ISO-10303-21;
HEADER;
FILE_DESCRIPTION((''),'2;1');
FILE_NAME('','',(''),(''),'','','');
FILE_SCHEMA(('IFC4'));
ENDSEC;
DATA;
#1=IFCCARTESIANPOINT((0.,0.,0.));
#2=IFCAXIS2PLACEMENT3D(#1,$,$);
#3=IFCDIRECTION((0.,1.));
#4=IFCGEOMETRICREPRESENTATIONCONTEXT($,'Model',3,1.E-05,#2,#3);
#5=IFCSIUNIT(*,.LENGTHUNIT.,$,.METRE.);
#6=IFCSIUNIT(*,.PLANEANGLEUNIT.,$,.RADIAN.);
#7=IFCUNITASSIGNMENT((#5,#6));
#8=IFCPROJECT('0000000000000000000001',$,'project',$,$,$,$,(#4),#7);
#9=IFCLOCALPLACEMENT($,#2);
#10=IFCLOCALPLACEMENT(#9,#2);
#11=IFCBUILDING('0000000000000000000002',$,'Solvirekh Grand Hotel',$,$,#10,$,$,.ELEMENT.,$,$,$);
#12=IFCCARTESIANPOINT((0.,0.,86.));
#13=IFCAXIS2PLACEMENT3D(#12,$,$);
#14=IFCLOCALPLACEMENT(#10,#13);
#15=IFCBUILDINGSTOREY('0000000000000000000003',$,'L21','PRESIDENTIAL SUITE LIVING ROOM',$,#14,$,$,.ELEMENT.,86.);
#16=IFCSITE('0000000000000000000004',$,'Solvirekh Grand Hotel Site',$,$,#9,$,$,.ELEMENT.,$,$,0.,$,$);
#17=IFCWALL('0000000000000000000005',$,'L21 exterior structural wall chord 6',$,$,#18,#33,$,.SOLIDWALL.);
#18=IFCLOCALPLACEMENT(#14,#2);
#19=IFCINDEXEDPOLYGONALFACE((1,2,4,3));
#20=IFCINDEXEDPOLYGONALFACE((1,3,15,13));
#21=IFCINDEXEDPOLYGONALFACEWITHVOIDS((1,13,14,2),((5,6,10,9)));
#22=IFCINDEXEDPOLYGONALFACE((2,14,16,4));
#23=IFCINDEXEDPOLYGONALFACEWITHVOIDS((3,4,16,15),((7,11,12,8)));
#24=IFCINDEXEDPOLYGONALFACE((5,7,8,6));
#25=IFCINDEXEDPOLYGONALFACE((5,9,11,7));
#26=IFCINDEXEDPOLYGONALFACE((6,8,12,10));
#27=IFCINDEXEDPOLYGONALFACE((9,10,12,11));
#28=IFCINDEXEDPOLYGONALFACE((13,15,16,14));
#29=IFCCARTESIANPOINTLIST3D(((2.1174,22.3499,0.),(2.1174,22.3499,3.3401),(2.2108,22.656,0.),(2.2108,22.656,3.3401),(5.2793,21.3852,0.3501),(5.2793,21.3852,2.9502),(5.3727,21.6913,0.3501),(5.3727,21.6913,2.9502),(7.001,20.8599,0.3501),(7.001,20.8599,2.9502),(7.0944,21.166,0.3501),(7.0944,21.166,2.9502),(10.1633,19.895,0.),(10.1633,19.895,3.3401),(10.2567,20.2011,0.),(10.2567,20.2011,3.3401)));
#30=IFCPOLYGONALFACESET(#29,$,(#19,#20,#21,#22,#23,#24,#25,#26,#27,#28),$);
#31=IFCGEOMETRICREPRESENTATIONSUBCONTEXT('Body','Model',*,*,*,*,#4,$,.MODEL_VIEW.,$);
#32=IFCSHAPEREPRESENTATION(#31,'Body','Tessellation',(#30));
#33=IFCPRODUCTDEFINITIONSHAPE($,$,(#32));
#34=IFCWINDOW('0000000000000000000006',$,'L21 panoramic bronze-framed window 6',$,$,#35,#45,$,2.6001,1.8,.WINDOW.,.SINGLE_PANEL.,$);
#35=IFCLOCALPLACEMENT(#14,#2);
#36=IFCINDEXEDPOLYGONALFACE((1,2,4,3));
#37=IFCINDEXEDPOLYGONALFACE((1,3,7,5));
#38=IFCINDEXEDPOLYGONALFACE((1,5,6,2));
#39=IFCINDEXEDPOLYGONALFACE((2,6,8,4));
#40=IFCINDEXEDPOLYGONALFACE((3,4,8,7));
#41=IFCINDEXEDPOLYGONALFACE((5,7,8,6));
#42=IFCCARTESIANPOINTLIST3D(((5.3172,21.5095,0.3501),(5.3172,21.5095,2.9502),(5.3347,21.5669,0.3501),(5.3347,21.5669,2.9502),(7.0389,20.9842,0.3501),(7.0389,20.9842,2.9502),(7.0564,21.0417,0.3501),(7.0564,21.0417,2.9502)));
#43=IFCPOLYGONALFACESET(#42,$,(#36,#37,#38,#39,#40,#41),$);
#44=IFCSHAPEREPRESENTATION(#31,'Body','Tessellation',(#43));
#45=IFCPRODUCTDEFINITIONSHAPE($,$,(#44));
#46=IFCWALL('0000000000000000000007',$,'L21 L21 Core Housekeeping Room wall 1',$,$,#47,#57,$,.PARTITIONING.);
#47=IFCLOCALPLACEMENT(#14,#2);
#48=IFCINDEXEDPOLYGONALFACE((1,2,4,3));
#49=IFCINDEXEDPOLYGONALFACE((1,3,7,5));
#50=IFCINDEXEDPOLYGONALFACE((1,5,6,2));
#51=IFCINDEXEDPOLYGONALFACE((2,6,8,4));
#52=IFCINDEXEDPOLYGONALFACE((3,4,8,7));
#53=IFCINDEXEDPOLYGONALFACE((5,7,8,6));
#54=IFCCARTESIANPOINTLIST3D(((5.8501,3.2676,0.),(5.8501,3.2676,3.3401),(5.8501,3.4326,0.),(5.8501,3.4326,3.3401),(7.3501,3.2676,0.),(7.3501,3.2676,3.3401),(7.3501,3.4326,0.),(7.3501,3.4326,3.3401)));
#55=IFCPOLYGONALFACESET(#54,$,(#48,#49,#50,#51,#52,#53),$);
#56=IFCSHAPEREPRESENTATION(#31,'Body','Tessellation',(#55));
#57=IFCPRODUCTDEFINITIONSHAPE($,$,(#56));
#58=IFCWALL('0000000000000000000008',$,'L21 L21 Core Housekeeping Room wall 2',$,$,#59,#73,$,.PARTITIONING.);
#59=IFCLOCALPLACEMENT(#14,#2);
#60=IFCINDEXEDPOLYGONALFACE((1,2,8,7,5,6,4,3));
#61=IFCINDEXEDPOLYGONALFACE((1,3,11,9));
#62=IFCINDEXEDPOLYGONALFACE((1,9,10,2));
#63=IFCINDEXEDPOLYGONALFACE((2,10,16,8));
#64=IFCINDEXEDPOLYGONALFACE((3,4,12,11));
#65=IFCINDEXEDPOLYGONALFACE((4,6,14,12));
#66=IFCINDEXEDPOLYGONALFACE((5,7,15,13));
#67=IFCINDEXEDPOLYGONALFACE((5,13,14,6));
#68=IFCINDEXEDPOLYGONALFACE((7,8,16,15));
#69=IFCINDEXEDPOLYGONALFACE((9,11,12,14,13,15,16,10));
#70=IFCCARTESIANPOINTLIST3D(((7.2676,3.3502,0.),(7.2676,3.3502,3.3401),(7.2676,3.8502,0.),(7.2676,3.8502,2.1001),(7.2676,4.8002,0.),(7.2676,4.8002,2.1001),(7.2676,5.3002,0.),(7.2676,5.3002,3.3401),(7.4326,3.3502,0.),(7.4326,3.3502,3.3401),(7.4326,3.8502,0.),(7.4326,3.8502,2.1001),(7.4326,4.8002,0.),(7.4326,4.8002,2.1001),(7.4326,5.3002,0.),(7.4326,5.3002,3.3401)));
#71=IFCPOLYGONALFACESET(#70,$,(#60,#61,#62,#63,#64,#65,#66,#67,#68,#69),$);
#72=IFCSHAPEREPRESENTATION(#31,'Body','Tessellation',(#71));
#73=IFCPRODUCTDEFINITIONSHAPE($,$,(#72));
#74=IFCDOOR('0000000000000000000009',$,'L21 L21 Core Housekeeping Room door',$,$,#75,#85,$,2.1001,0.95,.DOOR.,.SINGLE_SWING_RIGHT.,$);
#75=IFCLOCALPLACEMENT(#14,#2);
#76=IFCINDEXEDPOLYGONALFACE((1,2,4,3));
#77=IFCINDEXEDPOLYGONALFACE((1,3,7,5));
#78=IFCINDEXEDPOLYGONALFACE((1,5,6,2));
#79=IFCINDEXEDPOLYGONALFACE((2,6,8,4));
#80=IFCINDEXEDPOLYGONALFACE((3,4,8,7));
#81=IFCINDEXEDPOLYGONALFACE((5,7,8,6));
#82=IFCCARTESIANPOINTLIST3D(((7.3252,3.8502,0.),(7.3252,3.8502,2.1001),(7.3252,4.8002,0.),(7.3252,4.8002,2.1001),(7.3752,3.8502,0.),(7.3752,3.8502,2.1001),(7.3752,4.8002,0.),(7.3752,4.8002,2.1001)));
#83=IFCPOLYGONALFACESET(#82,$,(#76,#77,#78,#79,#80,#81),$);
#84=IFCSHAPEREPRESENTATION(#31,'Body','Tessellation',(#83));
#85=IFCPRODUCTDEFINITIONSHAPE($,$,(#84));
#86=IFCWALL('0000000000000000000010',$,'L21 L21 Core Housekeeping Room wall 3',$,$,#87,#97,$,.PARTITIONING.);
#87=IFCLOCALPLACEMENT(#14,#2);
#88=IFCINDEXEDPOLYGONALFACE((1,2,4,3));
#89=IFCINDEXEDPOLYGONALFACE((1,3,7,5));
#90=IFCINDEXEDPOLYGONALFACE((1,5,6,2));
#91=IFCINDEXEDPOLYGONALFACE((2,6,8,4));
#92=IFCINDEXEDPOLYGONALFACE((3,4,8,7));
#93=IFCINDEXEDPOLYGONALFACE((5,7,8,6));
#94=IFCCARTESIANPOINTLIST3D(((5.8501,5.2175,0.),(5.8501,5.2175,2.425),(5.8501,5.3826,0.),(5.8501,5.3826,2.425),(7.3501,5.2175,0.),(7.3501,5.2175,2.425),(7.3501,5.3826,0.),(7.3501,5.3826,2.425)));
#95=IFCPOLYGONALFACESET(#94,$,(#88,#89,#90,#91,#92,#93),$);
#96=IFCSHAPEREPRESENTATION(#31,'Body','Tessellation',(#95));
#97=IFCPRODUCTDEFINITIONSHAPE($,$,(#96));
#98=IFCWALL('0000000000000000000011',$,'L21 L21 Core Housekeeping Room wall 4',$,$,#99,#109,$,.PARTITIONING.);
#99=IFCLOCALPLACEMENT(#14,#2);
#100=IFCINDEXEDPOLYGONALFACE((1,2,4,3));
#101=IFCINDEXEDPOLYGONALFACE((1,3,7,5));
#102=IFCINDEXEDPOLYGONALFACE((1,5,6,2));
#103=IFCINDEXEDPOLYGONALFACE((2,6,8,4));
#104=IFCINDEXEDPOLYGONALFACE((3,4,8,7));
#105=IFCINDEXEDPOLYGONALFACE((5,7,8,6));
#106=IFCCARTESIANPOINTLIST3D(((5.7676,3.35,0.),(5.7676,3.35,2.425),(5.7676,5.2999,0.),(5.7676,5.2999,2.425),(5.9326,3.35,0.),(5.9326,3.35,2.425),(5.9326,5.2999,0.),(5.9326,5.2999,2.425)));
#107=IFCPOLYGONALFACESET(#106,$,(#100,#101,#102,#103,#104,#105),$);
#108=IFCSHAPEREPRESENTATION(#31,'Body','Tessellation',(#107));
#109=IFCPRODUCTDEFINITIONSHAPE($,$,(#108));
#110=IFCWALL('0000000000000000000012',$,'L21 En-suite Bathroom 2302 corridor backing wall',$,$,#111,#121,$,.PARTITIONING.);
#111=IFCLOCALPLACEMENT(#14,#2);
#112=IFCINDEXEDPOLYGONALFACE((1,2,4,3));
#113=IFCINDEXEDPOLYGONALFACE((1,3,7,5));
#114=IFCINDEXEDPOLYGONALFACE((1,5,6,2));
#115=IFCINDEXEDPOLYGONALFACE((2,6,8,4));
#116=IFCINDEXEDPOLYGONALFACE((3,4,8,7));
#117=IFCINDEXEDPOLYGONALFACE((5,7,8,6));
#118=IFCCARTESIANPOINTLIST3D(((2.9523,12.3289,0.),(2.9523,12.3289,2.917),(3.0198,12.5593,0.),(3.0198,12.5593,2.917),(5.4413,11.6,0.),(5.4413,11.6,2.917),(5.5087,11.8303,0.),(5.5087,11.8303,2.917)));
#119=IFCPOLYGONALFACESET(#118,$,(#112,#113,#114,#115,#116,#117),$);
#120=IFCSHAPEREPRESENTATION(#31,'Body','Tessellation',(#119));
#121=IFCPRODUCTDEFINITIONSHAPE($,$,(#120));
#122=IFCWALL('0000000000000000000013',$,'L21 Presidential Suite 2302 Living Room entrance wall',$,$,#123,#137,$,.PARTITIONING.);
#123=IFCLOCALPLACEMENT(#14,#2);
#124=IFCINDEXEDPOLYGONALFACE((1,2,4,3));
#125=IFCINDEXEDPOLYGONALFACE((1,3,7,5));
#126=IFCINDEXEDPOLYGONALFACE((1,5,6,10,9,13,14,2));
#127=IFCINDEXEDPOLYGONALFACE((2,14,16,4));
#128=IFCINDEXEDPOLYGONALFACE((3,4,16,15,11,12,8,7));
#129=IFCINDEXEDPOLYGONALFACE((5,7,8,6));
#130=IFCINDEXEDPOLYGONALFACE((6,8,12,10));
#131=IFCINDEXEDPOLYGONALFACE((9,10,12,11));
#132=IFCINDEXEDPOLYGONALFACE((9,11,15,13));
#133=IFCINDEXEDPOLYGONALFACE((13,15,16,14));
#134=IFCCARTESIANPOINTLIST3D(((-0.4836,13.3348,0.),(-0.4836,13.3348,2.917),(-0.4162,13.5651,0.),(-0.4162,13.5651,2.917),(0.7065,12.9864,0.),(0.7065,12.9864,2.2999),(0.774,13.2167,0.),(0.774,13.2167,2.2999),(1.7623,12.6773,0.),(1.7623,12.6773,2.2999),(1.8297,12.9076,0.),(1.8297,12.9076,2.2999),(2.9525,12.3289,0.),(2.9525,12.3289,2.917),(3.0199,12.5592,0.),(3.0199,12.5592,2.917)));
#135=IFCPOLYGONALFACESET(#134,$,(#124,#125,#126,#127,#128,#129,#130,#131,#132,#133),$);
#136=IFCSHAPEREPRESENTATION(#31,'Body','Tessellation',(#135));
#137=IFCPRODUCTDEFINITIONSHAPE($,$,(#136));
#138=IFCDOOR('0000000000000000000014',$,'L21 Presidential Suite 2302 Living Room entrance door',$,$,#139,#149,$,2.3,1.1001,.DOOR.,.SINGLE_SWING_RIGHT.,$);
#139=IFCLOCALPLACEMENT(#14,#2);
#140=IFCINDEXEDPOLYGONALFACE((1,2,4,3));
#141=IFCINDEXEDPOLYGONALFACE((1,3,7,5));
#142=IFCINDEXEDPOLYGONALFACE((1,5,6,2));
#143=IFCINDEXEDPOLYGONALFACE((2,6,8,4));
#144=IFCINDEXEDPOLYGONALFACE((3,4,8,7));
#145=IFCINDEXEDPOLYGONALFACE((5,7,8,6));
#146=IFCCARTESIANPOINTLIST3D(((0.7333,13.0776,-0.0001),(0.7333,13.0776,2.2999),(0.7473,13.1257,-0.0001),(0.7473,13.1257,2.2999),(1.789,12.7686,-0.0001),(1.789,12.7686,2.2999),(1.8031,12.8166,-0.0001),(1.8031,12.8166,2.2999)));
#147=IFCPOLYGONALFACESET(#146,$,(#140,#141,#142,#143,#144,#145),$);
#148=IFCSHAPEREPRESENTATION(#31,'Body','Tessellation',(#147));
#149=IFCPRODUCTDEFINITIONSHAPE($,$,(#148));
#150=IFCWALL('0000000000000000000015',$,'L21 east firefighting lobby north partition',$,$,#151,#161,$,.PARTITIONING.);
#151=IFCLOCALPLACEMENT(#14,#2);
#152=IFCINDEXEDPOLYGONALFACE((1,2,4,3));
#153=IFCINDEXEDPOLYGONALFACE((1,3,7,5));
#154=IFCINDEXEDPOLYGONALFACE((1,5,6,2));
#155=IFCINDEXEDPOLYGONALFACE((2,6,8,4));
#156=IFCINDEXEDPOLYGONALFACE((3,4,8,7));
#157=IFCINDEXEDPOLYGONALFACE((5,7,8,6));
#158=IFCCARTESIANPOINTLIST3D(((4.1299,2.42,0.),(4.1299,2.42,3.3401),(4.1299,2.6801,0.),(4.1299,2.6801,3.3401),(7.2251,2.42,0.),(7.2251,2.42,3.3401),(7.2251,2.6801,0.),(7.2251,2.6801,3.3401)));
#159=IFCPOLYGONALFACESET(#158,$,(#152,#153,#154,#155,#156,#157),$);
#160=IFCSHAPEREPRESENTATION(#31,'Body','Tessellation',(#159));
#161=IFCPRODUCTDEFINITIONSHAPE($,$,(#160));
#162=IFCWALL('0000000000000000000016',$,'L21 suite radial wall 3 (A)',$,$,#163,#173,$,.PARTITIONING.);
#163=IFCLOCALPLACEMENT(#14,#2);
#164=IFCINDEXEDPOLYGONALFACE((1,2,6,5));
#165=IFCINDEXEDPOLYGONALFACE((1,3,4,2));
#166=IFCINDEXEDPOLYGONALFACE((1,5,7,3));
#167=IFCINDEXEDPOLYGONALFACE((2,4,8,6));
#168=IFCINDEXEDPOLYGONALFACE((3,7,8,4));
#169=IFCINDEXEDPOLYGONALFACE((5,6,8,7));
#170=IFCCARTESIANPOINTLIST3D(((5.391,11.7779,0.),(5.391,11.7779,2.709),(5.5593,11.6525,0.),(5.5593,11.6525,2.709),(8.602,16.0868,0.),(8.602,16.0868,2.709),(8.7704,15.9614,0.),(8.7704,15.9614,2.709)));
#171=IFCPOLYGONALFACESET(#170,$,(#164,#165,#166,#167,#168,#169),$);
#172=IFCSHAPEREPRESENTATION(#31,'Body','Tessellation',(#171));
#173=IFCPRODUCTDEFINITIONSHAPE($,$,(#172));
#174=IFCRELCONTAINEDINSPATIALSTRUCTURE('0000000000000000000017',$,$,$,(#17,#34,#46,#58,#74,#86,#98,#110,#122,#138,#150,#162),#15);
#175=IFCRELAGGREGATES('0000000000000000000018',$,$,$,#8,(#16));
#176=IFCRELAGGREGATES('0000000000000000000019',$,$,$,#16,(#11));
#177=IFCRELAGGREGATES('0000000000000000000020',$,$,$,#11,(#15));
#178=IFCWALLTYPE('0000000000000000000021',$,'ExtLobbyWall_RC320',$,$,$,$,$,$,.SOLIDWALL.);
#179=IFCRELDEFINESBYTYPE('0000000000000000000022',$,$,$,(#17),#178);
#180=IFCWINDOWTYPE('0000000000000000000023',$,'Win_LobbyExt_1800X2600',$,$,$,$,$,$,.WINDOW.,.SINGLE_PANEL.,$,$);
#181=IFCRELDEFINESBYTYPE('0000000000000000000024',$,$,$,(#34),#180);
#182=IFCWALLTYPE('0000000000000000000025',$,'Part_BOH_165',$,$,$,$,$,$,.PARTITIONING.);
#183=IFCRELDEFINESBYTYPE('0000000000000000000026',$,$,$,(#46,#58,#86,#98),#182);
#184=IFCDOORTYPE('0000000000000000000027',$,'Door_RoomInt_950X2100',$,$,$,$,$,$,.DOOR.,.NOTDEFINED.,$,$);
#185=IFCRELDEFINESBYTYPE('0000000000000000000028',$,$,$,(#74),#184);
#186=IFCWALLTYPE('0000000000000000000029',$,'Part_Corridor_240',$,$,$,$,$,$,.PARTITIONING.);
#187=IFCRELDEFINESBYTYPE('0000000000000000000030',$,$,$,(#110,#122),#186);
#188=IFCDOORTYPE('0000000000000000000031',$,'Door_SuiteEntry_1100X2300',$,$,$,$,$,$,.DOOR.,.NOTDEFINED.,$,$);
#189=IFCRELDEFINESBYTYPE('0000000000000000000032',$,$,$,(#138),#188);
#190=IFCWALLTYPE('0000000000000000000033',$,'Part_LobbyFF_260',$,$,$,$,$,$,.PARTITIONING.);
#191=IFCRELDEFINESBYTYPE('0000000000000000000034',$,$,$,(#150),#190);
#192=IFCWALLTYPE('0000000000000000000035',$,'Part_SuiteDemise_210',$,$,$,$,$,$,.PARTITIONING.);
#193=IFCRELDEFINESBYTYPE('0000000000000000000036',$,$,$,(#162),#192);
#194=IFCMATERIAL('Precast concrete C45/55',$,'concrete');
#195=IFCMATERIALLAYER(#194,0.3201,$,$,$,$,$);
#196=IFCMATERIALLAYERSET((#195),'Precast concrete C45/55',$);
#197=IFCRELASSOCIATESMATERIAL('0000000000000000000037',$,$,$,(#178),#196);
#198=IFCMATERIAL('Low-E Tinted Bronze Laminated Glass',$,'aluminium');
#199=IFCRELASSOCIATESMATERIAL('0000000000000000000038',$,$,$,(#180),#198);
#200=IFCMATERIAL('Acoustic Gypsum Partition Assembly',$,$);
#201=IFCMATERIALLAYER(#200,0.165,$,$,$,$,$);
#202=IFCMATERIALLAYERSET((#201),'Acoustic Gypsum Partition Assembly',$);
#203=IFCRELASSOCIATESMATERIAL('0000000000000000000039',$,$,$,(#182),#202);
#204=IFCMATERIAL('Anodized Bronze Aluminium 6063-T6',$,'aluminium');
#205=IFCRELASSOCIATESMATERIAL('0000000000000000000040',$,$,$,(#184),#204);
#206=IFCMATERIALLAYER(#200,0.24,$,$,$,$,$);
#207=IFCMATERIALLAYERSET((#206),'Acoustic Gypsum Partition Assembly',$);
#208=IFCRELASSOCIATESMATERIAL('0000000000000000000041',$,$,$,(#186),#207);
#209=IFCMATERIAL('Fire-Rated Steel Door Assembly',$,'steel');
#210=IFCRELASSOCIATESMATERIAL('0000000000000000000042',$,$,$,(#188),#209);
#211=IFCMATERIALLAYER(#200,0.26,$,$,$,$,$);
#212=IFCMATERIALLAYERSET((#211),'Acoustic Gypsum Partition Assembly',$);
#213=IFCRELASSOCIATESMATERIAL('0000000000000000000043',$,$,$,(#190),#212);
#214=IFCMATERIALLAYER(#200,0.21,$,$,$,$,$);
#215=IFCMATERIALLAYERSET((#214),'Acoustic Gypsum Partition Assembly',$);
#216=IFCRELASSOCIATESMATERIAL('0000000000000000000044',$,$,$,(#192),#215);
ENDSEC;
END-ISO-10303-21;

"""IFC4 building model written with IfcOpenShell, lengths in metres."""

from ifc_helpers import new_model, si_unit, direction, frame, frame_2d, origin, place, context, subcontext, project, spatial, rectangle, extrude, material, layer, layer_set, type_object, element, fill, save


model = new_model("IFC4")

# Units and contexts
model_context = context("Model", 3, precision=1e-05, world=origin(), true_north=direction((0.0, 1.0)))
body_context = subcontext(model_context, "Body", "Model", "MODEL_VIEW")
ifc_project = project(units=[si_unit("LENGTHUNIT", "METRE"), si_unit("PLANEANGLEUNIT", "RADIAN")], contexts=[model_context])

# Site, building, storey
site_placement = place(None, origin())
site = spatial("IfcSite", under=ifc_project, at=site_placement, Name="Solvirekh Grand Hotel Site", CompositionType="ELEMENT", RefElevation=0.0)
building_placement = place(site_placement, origin())
building = spatial("IfcBuilding", under=site, at=building_placement, Name="Solvirekh Grand Hotel", CompositionType="ELEMENT")
storey_placement = place(building_placement, frame((0.0, 0.0, 86.0)))
storey = spatial("IfcBuildingStorey", under=building, at=storey_placement, Name="L21", Description="PRESIDENTIAL SUITE LIVING ROOM", CompositionType="ELEMENT", Elevation=86.0)

# Wall, opening, window
ifc_material_1 = material(Name="Precast concrete C45/55", Category="concrete")
ifc_layer_1 = layer(ifc_material_1, 0.3201)
ifc_layer_set_1 = layer_set([ifc_layer_1], Name="Precast concrete C45/55")
wall_type_1 = type_object("IfcWallType", Name="ExtLobbyWall_RC320", PredefinedType="SOLIDWALL", material=ifc_layer_set_1)
wall_1_placement = place(storey_placement, frame((2.1641, 22.5029, 0.0), z_axis=(0.0, 0.0, 1.0), x_axis=(0.956472, -0.291823, 0.0)))
wall_1 = element("IfcWall", 1, at=wall_1_placement, inside=storey, type_object=wall_type_1, Name="L21 exterior structural wall chord 6", PredefinedType="SOLIDWALL", context=body_context, shape_type="SweptSolid", body=[
    extrude(rectangle(XDim=8.4121, YDim=0.3201, at=frame_2d((4.2061, 0.0))), origin(), (0.0, 0.0, 1.0), 3.3401),
])
opening_1_placement = place(wall_1_placement, frame((3.3059, 0.0, 0.3501)))
opening_1 = element("IfcOpeningElement", 2, at=opening_1_placement, cuts=wall_1, PredefinedType="OPENING", context=body_context, shape_type="SweptSolid", body=[
    extrude(rectangle(XDim=1.8, YDim=2.6001, at=frame_2d((0.8999, 1.3))), frame((0.0, 0.1699, 0.0), z_axis=(0.0, -1.0, 0.0), x_axis=(1.0, 0.0, 0.0)), (0.0, 0.0, 1.0), 0.3401),
])
ifc_material_2 = material(Name="Low-E Tinted Bronze Laminated Glass", Category="aluminium")
window_type = type_object("IfcWindowType", Name="Win_LobbyExt_1800X2600", PartitioningType="SINGLE_PANEL", PredefinedType="WINDOW", material=ifc_material_2)
window_placement = place(opening_1_placement, origin())
window = element("IfcWindow", 3, at=window_placement, inside=storey, type_object=window_type, Name="L21 panoramic bronze-framed window 6", OverallHeight=2.6001, OverallWidth=1.8, PartitioningType="SINGLE_PANEL", PredefinedType="WINDOW", context=body_context, shape_type="SweptSolid", body=[
    extrude(rectangle(XDim=1.8, YDim=2.6001, at=frame_2d((0.8999, 1.3))), frame((0.0, 0.03, 0.0), z_axis=(0.0, -1.0, 0.0), x_axis=(1.0, 0.0, 0.0)), (0.0, 0.0, 1.0), 0.0601),
])
fill(opening_1, window)

# Wall
ifc_material_3 = material(Name="Acoustic Gypsum Partition Assembly")
ifc_layer_2 = layer(ifc_material_3, 0.165)
ifc_layer_set_2 = layer_set([ifc_layer_2], Name="Acoustic Gypsum Partition Assembly")
wall_type_2 = type_object("IfcWallType", Name="Part_BOH_165", PredefinedType="PARTITIONING", material=ifc_layer_set_2)
wall_2_placement = place(storey_placement, frame((5.8501, 3.3501, 0.0), z_axis=(0.0, 0.0, 1.0), x_axis=(1.0, 0.0, 0.0)))
element("IfcWall", 4, at=wall_2_placement, inside=storey, type_object=wall_type_2, Name="L21 L21 Core Housekeeping Room wall 1", PredefinedType="PARTITIONING", context=body_context, shape_type="SweptSolid", body=[
    extrude(rectangle(XDim=1.5, YDim=0.165, at=frame_2d((0.75, 0.0))), origin(), (0.0, 0.0, 1.0), 3.3401),
])

# Wall, opening, door
wall_3_placement = place(storey_placement, frame((7.3501, 3.3501, 0.0), z_axis=(0.0, 0.0, 1.0), x_axis=(0.0, 1.0, 0.0)))
wall_3 = element("IfcWall", 5, at=wall_3_placement, inside=storey, type_object=wall_type_2, Name="L21 L21 Core Housekeeping Room wall 2", PredefinedType="PARTITIONING", context=body_context, shape_type="SweptSolid", body=[
    extrude(rectangle(XDim=1.95, YDim=0.165, at=frame_2d((0.9751, 0.0))), origin(), (0.0, 0.0, 1.0), 3.3401),
])
opening_2_placement = place(wall_3_placement, frame((0.5, 0.0, 0.0)))
opening_2 = element("IfcOpeningElement", 6, at=opening_2_placement, cuts=wall_3, PredefinedType="OPENING", context=body_context, shape_type="SweptSolid", body=[
    extrude(rectangle(XDim=0.95, YDim=2.1001, at=frame_2d((0.4751, 1.05))), frame((0.0, 0.0925, 0.0), z_axis=(0.0, -1.0, 0.0), x_axis=(1.0, 0.0, 0.0)), (0.0, 0.0, 1.0), 0.1851),
])
ifc_material_4 = material(Name="Anodized Bronze Aluminium 6063-T6", Category="aluminium")
door_type_1 = type_object("IfcDoorType", Name="Door_RoomInt_950X2100", OperationType="NOTDEFINED", PredefinedType="DOOR", material=ifc_material_4)
door_1_placement = place(opening_2_placement, origin())
door_1 = element("IfcDoor", 7, at=door_1_placement, inside=storey, type_object=door_type_1, Name="L21 L21 Core Housekeeping Room door", OperationType="SINGLE_SWING_RIGHT", OverallHeight=2.1001, OverallWidth=0.95, PredefinedType="DOOR", context=body_context, shape_type="SweptSolid", body=[
    extrude(rectangle(XDim=0.95, YDim=2.1001, at=frame_2d((0.4751, 1.05))), frame((0.0, 0.0249, 0.0), z_axis=(0.0, -1.0, 0.0), x_axis=(1.0, 0.0, 0.0)), (0.0, 0.0, 1.0), 0.05),
])
fill(opening_2, door_1)

# Walls
wall_4_placement = place(storey_placement, frame((7.3501, 5.3, 0.0), z_axis=(0.0, 0.0, 1.0), x_axis=(-1.0, 0.0, 0.0)))
element("IfcWall", 8, at=wall_4_placement, inside=storey, type_object=wall_type_2, Name="L21 L21 Core Housekeeping Room wall 3", PredefinedType="PARTITIONING", context=body_context, shape_type="SweptSolid", body=[
    extrude(rectangle(XDim=1.5, YDim=0.165, at=frame_2d((0.75, 0.0))), origin(), (0.0, 0.0, 1.0), 2.425),
])
wall_5_placement = place(storey_placement, frame((5.8501, 5.3, 0.0), z_axis=(0.0, 0.0, 1.0), x_axis=(0.0, -1.0, 0.0)))
element("IfcWall", 9, at=wall_5_placement, inside=storey, type_object=wall_type_2, Name="L21 L21 Core Housekeeping Room wall 4", PredefinedType="PARTITIONING", context=body_context, shape_type="SweptSolid", body=[
    extrude(rectangle(XDim=1.95, YDim=0.165, at=frame_2d((0.9751, 0.0))), origin(), (0.0, 0.0, 1.0), 2.425),
])
ifc_layer_3 = layer(ifc_material_3, 0.24)
ifc_layer_set_3 = layer_set([ifc_layer_3], Name="Acoustic Gypsum Partition Assembly")
wall_type_3 = type_object("IfcWallType", Name="Part_Corridor_240", PredefinedType="PARTITIONING", material=ifc_layer_set_3)
wall_6_placement = place(storey_placement, frame((5.4751, 11.7151, 0.0), z_axis=(0.0, 0.0, 1.0), x_axis=(-0.959684, 0.281081, 0.0)))
element("IfcWall", 10, at=wall_6_placement, inside=storey, type_object=wall_type_3, Name="L21 En-suite Bathroom 2302 corridor backing wall", PredefinedType="PARTITIONING", context=body_context, shape_type="SweptSolid", body=[
    extrude(rectangle(XDim=2.5935, YDim=0.24, at=frame_2d((1.2969, 0.0))), origin(), (0.0, 0.0, 1.0), 2.917),
])

# Wall, opening, door
wall_7_placement = place(storey_placement, frame((2.9861, 12.4441, 0.0), z_axis=(0.0, 0.0, 1.0), x_axis=(-0.959723, 0.280948, 0.0)))
wall_7 = element("IfcWall", 11, at=wall_7_placement, inside=storey, type_object=wall_type_3, Name="L21 Presidential Suite 2302 Living Room entrance wall", PredefinedType="PARTITIONING", context=body_context, shape_type="SweptSolid", body=[
    extrude(rectangle(XDim=3.5803, YDim=0.24, at=frame_2d((1.79, 0.0))), origin(), (0.0, 0.0, 1.0), 2.917),
])
opening_3_placement = place(wall_7_placement, frame((1.24, 0.0, 0.0)))
opening_3 = element("IfcOpeningElement", 12, at=opening_3_placement, cuts=wall_7, PredefinedType="OPENING", context=body_context, shape_type="SweptSolid", body=[
    extrude(rectangle(XDim=1.1001, YDim=2.3, at=frame_2d((0.55, 1.1499))), frame((0.0, 0.1299, 0.0), z_axis=(0.0, -1.0, 0.0), x_axis=(1.0, 0.0, 0.0)), (0.0, 0.0, 1.0), 0.26),
])
ifc_material_5 = material(Name="Fire-Rated Steel Door Assembly", Category="steel")
door_type_2 = type_object("IfcDoorType", Name="Door_SuiteEntry_1100X2300", OperationType="NOTDEFINED", PredefinedType="DOOR", material=ifc_material_5)
door_2_placement = place(opening_3_placement, origin())
door_2 = element("IfcDoor", 13, at=door_2_placement, inside=storey, type_object=door_type_2, Name="L21 Presidential Suite 2302 Living Room entrance door", OperationType="SINGLE_SWING_RIGHT", OverallHeight=2.3, OverallWidth=1.1001, PredefinedType="DOOR", context=body_context, shape_type="SweptSolid", body=[
    extrude(rectangle(XDim=1.1001, YDim=2.3, at=frame_2d((0.55, 1.1499))), frame((0.0, 0.0249, 0.0), z_axis=(0.0, -1.0, 0.0), x_axis=(1.0, 0.0, 0.0)), (0.0, 0.0, 1.0), 0.05),
])
fill(opening_3, door_2)

# Walls
ifc_layer_4 = layer(ifc_material_3, 0.26)
ifc_layer_set_4 = layer_set([ifc_layer_4], Name="Acoustic Gypsum Partition Assembly")
wall_type_4 = type_object("IfcWallType", Name="Part_LobbyFF_260", PredefinedType="PARTITIONING", material=ifc_layer_set_4)
wall_8_placement = place(storey_placement, frame((4.1299, 2.55, 0.0), z_axis=(0.0, 0.0, 1.0), x_axis=(1.0, 0.0, 0.0)))
element("IfcWall", 14, at=wall_8_placement, inside=storey, type_object=wall_type_4, Name="L21 east firefighting lobby north partition", PredefinedType="PARTITIONING", context=body_context, shape_type="SweptSolid", body=[
    extrude(rectangle(XDim=3.0952, YDim=0.26, at=frame_2d((1.5476, 0.0))), origin(), (0.0, 0.0, 1.0), 3.3401),
])
ifc_layer_5 = layer(ifc_material_3, 0.21)
ifc_layer_set_5 = layer_set([ifc_layer_5], Name="Acoustic Gypsum Partition Assembly")
wall_type_5 = type_object("IfcWallType", Name="Part_SuiteDemise_210", PredefinedType="PARTITIONING", material=ifc_layer_set_5)
wall_9_placement = place(storey_placement, frame((5.4751, 11.7151, 0.0), z_axis=(0.0, 0.0, 1.0), x_axis=(0.597533, 0.801844, 0.0)))
element("IfcWall", 15, at=wall_9_placement, inside=storey, type_object=wall_type_5, Name="L21 suite radial wall 3 (A)", PredefinedType="PARTITIONING", context=body_context, shape_type="SweptSolid", body=[
    extrude(rectangle(XDim=5.3738, YDim=0.21, at=frame_2d((2.687, 0.0))), origin(), (0.0, 0.0, 1.0), 2.709),
])

save(model, "model.ifc")
